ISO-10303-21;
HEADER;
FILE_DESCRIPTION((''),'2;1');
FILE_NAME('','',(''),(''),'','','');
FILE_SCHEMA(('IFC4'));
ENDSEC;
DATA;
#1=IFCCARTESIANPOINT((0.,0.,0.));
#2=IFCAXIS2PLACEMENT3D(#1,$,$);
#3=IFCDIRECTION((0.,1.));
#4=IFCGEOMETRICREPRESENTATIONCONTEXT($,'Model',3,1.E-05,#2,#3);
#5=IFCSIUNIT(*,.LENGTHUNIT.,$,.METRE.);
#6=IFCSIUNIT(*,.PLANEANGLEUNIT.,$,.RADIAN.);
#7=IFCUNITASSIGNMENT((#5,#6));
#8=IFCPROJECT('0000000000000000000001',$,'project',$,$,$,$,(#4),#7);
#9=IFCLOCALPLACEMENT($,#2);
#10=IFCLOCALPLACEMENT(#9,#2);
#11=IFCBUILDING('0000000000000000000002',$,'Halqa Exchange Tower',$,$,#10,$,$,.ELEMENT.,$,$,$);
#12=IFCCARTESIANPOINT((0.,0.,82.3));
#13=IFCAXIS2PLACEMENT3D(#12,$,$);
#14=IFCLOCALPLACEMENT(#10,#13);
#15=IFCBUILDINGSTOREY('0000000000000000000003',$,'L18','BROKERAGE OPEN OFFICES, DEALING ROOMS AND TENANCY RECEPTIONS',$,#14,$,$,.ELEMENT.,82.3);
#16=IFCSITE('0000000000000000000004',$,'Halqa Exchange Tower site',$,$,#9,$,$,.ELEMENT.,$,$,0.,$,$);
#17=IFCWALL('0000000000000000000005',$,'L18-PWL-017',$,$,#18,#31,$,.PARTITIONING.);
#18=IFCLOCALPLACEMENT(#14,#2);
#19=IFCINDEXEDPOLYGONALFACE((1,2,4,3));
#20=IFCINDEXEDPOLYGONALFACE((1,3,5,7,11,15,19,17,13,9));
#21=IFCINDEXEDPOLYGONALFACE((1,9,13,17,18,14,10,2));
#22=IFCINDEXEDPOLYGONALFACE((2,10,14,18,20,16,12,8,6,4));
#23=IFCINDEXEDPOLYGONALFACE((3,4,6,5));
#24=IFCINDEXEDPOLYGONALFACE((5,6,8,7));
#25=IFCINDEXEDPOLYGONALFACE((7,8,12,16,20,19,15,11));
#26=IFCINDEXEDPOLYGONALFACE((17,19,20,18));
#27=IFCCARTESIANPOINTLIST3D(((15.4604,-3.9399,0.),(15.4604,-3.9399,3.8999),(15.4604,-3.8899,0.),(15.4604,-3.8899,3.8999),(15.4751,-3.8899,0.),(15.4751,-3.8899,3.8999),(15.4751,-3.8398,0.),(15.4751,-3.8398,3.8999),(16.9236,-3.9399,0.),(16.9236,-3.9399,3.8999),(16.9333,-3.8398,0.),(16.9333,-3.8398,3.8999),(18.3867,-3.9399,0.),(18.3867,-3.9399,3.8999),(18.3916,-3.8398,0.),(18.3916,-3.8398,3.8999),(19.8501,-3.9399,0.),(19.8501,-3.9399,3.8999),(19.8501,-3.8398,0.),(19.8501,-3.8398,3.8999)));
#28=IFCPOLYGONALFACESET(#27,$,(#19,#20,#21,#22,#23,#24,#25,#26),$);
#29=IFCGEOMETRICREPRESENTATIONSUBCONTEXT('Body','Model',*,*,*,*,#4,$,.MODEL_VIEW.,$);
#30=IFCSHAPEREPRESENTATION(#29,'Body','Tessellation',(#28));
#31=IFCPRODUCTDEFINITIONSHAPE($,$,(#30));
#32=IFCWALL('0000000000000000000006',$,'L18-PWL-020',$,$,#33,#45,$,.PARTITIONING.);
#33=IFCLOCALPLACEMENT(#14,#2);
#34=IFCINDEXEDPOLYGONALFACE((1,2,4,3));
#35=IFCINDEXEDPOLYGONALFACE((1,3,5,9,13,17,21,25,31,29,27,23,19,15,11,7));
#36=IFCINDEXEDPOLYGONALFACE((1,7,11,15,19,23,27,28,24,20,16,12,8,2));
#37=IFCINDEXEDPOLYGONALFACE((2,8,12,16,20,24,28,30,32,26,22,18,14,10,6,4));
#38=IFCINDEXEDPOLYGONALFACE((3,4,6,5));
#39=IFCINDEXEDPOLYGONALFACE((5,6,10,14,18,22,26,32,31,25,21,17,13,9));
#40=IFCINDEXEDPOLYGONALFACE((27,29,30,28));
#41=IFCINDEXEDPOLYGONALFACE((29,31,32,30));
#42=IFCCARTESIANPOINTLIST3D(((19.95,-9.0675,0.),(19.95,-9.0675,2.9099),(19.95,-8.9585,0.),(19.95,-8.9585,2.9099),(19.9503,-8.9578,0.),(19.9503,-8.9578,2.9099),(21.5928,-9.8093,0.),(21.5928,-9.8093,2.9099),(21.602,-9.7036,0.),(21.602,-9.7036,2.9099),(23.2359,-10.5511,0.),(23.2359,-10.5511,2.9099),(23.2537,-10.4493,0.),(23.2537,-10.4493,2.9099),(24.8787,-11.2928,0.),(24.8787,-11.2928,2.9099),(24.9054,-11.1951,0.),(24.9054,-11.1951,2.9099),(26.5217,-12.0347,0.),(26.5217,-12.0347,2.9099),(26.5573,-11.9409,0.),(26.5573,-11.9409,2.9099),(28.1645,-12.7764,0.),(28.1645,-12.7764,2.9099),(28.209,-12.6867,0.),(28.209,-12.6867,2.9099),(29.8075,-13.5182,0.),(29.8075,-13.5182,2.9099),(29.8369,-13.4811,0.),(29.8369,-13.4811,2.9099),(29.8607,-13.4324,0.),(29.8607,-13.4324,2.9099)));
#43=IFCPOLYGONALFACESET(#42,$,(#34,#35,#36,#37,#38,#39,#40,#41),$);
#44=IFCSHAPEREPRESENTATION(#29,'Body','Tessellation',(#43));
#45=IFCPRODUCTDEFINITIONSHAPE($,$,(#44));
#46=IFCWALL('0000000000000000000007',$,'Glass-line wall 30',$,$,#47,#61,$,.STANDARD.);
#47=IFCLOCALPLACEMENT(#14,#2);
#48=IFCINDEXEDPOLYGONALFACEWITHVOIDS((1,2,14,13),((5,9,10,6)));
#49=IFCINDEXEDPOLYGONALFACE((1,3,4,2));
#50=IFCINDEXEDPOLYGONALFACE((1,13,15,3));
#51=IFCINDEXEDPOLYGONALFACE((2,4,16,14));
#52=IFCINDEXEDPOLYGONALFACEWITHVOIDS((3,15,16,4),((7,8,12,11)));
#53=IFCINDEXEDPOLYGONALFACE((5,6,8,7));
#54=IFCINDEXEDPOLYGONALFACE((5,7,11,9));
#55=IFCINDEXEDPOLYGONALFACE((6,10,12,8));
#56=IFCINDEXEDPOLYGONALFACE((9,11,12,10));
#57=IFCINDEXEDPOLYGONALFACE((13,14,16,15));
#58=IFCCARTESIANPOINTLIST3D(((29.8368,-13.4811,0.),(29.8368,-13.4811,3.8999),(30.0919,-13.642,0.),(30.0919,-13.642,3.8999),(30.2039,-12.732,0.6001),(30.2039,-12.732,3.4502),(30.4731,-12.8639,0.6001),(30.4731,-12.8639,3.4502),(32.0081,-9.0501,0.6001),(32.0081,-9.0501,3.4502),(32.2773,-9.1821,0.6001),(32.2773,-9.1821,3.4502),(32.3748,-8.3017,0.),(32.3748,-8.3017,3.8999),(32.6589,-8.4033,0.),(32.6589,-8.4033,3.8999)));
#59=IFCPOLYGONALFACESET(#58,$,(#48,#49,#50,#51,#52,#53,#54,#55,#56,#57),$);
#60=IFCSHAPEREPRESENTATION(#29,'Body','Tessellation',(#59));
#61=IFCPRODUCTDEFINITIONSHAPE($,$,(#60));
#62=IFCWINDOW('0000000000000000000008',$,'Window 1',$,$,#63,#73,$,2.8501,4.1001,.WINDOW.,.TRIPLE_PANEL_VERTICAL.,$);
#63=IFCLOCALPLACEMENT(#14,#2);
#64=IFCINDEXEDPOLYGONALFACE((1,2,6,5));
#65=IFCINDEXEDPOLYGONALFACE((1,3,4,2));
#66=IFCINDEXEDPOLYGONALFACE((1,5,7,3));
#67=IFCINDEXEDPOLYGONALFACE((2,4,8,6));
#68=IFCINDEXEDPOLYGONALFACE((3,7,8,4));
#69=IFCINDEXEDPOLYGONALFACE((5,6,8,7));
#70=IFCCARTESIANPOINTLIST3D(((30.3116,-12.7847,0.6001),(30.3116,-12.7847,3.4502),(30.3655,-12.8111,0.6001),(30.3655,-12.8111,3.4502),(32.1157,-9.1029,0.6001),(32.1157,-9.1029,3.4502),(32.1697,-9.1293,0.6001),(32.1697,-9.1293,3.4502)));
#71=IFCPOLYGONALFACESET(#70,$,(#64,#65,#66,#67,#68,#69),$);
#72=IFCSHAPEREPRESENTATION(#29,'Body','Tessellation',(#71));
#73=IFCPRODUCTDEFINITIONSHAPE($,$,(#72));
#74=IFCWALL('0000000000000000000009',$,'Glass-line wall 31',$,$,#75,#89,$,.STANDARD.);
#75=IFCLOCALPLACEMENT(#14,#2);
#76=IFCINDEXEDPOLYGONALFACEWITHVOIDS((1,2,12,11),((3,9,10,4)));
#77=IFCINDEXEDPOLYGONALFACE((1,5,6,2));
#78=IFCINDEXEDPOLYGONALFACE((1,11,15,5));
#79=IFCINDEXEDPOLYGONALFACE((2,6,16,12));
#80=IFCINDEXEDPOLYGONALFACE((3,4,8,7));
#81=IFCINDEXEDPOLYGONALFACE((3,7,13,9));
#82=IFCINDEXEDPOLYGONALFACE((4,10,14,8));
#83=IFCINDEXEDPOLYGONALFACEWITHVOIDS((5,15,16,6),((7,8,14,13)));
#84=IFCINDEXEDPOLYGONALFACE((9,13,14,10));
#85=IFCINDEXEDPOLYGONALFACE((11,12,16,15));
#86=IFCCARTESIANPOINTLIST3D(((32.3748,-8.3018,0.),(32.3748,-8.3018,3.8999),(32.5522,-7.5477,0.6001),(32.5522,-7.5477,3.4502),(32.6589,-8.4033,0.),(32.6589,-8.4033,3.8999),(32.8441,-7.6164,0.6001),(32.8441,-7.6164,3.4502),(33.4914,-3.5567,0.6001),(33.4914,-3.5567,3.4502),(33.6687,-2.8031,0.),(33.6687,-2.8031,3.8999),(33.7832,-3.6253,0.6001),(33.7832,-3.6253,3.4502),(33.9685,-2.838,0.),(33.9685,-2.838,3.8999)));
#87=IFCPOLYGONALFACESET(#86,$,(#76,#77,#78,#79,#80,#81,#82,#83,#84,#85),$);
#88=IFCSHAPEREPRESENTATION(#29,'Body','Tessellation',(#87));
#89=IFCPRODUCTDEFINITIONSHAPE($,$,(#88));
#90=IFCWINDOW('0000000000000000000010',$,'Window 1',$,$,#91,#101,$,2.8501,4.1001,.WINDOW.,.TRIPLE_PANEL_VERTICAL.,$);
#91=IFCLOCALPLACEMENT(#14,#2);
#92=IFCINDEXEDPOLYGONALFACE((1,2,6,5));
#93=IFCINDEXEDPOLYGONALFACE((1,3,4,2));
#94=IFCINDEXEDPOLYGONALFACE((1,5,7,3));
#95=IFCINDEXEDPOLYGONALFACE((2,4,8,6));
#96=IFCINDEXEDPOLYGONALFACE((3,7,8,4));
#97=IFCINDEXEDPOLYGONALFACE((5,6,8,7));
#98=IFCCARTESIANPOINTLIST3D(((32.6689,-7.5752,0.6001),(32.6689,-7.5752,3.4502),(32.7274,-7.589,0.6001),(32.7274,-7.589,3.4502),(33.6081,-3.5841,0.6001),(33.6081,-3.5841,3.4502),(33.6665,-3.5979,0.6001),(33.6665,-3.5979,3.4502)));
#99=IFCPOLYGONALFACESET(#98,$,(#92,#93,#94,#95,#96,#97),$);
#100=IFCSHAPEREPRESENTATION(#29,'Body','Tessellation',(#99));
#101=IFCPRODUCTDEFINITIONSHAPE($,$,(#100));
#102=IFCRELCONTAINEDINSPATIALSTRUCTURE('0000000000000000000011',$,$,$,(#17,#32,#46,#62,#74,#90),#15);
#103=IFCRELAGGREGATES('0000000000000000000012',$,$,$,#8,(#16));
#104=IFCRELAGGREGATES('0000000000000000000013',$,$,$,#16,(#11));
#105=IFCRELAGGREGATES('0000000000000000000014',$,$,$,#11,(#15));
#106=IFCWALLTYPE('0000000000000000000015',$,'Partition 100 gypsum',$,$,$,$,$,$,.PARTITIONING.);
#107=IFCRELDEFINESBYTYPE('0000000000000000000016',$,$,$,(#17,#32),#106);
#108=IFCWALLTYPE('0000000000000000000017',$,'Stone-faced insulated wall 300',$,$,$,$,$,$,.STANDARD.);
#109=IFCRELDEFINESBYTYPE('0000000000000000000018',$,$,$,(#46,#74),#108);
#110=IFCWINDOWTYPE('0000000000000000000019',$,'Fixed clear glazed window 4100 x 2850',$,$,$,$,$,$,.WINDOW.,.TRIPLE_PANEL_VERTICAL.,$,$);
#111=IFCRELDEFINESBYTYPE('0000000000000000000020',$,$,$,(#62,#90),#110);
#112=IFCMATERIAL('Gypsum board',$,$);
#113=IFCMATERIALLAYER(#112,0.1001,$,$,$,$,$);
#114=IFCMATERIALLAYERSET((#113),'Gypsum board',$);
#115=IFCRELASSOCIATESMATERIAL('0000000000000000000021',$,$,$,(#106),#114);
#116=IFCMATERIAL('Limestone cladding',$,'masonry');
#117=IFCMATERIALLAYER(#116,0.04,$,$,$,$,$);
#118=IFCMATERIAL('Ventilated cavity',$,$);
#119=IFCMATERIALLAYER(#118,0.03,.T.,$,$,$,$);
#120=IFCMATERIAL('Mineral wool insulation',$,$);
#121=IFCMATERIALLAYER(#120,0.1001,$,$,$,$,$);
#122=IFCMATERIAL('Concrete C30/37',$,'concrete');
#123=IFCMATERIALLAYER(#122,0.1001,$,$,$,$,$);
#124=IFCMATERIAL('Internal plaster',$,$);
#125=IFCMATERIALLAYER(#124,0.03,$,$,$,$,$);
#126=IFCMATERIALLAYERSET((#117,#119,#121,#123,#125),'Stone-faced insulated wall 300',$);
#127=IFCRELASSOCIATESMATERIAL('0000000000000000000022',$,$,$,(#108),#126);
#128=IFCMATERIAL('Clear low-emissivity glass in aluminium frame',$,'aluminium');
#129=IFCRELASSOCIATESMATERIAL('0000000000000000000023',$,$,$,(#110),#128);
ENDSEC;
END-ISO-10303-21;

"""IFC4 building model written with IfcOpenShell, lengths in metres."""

from ifc_helpers import new_model, si_unit, direction, frame, frame_2d, origin, place, context, subcontext, project, spatial, polyline, rectangle, outline, extrude, material, layer, layer_set, type_object, element, fill, save


model = new_model("IFC4")

# Units and contexts
model_context = context("Model", 3, precision=1e-05, world=origin(), true_north=direction((0.0, 1.0)))
body_context = subcontext(model_context, "Body", "Model", "MODEL_VIEW")
ifc_project = project(units=[si_unit("LENGTHUNIT", "METRE"), si_unit("PLANEANGLEUNIT", "RADIAN")], contexts=[model_context])

# Site, building, storey
site_placement = place(None, origin())
site = spatial("IfcSite", under=ifc_project, at=site_placement, Name="Halqa Exchange Tower site", CompositionType="ELEMENT", RefElevation=0.0)
building_placement = place(site_placement, origin())
building = spatial("IfcBuilding", under=site, at=building_placement, Name="Halqa Exchange Tower", CompositionType="ELEMENT")
storey_placement = place(building_placement, frame((0.0, 0.0, 82.3)))
storey = spatial("IfcBuildingStorey", under=building, at=storey_placement, Name="L18", Description="BROKERAGE OPEN OFFICES, DEALING ROOMS AND TENANCY RECEPTIONS", CompositionType="ELEMENT", Elevation=82.3)

# Walls
ifc_material_1 = material(Name="Gypsum board")
ifc_layer_1 = layer(ifc_material_1, 0.1001)
ifc_layer_set_1 = layer_set([ifc_layer_1], Name="Gypsum board")
wall_type_1 = type_object("IfcWallType", Name="Partition 100 gypsum", PredefinedType="PARTITIONING", material=ifc_layer_set_1)
wall_1_placement = place(storey_placement, frame((15.4604, -3.8899, 0.0), z_axis=(0.0, 0.0, 1.0), x_axis=(1.0, 0.0, 0.0)))
element("IfcWall", 1, at=wall_1_placement, inside=storey, type_object=wall_type_1, Name="L18-PWL-017", PredefinedType="PARTITIONING", context=body_context, shape_type="SweptSolid", body=[
    extrude(outline(polyline([(0.0, -0.05), (1.4631, -0.05), (2.9263, -0.05), (4.3896, -0.05), (4.3896, 0.05), (2.9312, 0.05), (1.4729, 0.05), (0.0146, 0.05), (0.0146, 0.0), (0.0, 0.0), (0.0, -0.05)])), origin(), (0.0, 0.0, 1.0), 3.8999),
])
wall_2_placement = place(storey_placement, frame((19.9297, -9.0034, 0.0), z_axis=(0.0, 0.0, 1.0), x_axis=(0.911407, -0.411506, 0.0)))
element("IfcWall", 2, at=wall_2_placement, inside=storey, type_object=wall_type_1, Name="L18-PWL-020", PredefinedType="PARTITIONING", context=body_context, shape_type="SweptSolid", body=[
    extrude(outline(polyline([(0.0449, -0.05), (1.8474, -0.05), (3.6501, -0.05), (5.4526, -0.05), (7.2554, -0.05), (9.0579, -0.05), (10.8606, -0.05), (10.8721, -0.0042), (10.8738, 0.05), (9.0615, 0.05), (7.2493, 0.05), (5.4368, 0.05), (3.6245, 0.05), (1.8123, 0.05), (0.0, 0.05), (0.0, 0.0493), (0.0449, -0.05)])), origin(), (0.0, 0.0, 1.0), 2.9099),
])

# Walls, openings, windows
ifc_material_2 = material(Name="Limestone cladding", Category="masonry")
ifc_layer_2 = layer(ifc_material_2, 0.04)
ifc_material_3 = material(Name="Ventilated cavity")
ifc_layer_3 = layer(ifc_material_3, 0.03, ventilated=True)
ifc_material_4 = material(Name="Mineral wool insulation")
ifc_layer_4 = layer(ifc_material_4, 0.1001)
ifc_material_5 = material(Name="Concrete C30/37", Category="concrete")
ifc_layer_5 = layer(ifc_material_5, 0.1001)
ifc_material_6 = material(Name="Internal plaster")
ifc_layer_6 = layer(ifc_material_6, 0.03)
ifc_layer_set_2 = layer_set([ifc_layer_2, ifc_layer_3, ifc_layer_4, ifc_layer_5, ifc_layer_6], Name="Stone-faced insulated wall 300")
wall_type_2 = type_object("IfcWallType", Name="Stone-faced insulated wall 300", PredefinedType="STANDARD", material=ifc_layer_set_2)
wall_3_placement = place(storey_placement, frame((29.9644, -13.5615, 0.0), z_axis=(0.0, 0.0, 1.0), x_axis=(0.440027, 0.897984, 0.0)))
wall_3 = element("IfcWall", 3, at=wall_3_placement, inside=storey, type_object=wall_type_2, Name="Glass-line wall 30", PredefinedType="STANDARD", context=body_context, shape_type="SweptSolid", body=[
    extrude(outline(polyline([(-0.0161, -0.1499), (5.8176, -0.1499), (5.7839, 0.1499), (0.0161, 0.1499), (-0.0161, -0.1499)])), origin(), (0.0, 0.0, 1.0), 3.8999),
])
opening_1_placement = place(wall_3_placement, frame((0.8503, 0.0, 0.6001)))
opening_1 = element("IfcOpeningElement", 4, at=opening_1_placement, cuts=wall_3, PredefinedType="OPENING", context=body_context, shape_type="SweptSolid", body=[
    extrude(rectangle(XDim=4.1001, YDim=2.8501, at=frame_2d((2.05, 1.425))), frame((0.0, 0.1621, 0.0), z_axis=(0.0, -1.0, 0.0), x_axis=(1.0, 0.0, 0.0)), (0.0, 0.0, 1.0), 0.324),
])
ifc_material_7 = material(Name="Clear low-emissivity glass in aluminium frame", Category="aluminium")
window_type = type_object("IfcWindowType", Name="Fixed clear glazed window 4100 x 2850", PartitioningType="TRIPLE_PANEL_VERTICAL", PredefinedType="WINDOW", material=ifc_material_7)
window_1_placement = place(opening_1_placement, origin())
window_1 = element("IfcWindow", 5, at=window_1_placement, inside=storey, type_object=window_type, Name="Window 1", OverallHeight=2.8501, OverallWidth=4.1001, PartitioningType="TRIPLE_PANEL_VERTICAL", PredefinedType="WINDOW", context=body_context, shape_type="SweptSolid", body=[
    extrude(rectangle(XDim=4.1001, YDim=2.8501, at=frame_2d((2.05, 1.425))), frame((0.0, 0.03, 0.0), z_axis=(0.0, -1.0, 0.0), x_axis=(1.0, 0.0, 0.0)), (0.0, 0.0, 1.0), 0.0601),
])
fill(opening_1, window_1)
wall_4_placement = place(storey_placement, frame((32.5168, -8.3525, 0.0), z_axis=(0.0, 0.0, 1.0), x_axis=(0.229058, 0.973413, 0.0)))
wall_4 = element("IfcWall", 6, at=wall_4_placement, inside=storey, type_object=wall_type_2, Name="Glass-line wall 31", PredefinedType="STANDARD", context=body_context, shape_type="SweptSolid", body=[
    extrude(outline(polyline([(-0.0168, -0.1499), (5.7004, -0.1499), (5.6658, 0.1499), (0.0168, 0.1499), (-0.0168, -0.1499)])), origin(), (0.0, 0.0, 1.0), 3.8999),
])
opening_2_placement = place(wall_4_placement, frame((0.7915, 0.0, 0.6001)))
opening_2 = element("IfcOpeningElement", 7, at=opening_2_placement, cuts=wall_4, PredefinedType="OPENING", context=body_context, shape_type="SweptSolid", body=[
    extrude(rectangle(XDim=4.1001, YDim=2.8501, at=frame_2d((2.05, 1.425))), frame((0.0, 0.1621, 0.0), z_axis=(0.0, -1.0, 0.0), x_axis=(1.0, 0.0, 0.0)), (0.0, 0.0, 1.0), 0.324),
])
window_2_placement = place(opening_2_placement, origin())
window_2 = element("IfcWindow", 8, at=window_2_placement, inside=storey, type_object=window_type, Name="Window 1", OverallHeight=2.8501, OverallWidth=4.1001, PartitioningType="TRIPLE_PANEL_VERTICAL", PredefinedType="WINDOW", context=body_context, shape_type="SweptSolid", body=[
    extrude(rectangle(XDim=4.1001, YDim=2.8501, at=frame_2d((2.05, 1.425))), frame((0.0, 0.03, 0.0), z_axis=(0.0, -1.0, 0.0), x_axis=(1.0, 0.0, 0.0)), (0.0, 0.0, 1.0), 0.0601),
])
fill(opening_2, window_2)

save(model, "model.ifc")
